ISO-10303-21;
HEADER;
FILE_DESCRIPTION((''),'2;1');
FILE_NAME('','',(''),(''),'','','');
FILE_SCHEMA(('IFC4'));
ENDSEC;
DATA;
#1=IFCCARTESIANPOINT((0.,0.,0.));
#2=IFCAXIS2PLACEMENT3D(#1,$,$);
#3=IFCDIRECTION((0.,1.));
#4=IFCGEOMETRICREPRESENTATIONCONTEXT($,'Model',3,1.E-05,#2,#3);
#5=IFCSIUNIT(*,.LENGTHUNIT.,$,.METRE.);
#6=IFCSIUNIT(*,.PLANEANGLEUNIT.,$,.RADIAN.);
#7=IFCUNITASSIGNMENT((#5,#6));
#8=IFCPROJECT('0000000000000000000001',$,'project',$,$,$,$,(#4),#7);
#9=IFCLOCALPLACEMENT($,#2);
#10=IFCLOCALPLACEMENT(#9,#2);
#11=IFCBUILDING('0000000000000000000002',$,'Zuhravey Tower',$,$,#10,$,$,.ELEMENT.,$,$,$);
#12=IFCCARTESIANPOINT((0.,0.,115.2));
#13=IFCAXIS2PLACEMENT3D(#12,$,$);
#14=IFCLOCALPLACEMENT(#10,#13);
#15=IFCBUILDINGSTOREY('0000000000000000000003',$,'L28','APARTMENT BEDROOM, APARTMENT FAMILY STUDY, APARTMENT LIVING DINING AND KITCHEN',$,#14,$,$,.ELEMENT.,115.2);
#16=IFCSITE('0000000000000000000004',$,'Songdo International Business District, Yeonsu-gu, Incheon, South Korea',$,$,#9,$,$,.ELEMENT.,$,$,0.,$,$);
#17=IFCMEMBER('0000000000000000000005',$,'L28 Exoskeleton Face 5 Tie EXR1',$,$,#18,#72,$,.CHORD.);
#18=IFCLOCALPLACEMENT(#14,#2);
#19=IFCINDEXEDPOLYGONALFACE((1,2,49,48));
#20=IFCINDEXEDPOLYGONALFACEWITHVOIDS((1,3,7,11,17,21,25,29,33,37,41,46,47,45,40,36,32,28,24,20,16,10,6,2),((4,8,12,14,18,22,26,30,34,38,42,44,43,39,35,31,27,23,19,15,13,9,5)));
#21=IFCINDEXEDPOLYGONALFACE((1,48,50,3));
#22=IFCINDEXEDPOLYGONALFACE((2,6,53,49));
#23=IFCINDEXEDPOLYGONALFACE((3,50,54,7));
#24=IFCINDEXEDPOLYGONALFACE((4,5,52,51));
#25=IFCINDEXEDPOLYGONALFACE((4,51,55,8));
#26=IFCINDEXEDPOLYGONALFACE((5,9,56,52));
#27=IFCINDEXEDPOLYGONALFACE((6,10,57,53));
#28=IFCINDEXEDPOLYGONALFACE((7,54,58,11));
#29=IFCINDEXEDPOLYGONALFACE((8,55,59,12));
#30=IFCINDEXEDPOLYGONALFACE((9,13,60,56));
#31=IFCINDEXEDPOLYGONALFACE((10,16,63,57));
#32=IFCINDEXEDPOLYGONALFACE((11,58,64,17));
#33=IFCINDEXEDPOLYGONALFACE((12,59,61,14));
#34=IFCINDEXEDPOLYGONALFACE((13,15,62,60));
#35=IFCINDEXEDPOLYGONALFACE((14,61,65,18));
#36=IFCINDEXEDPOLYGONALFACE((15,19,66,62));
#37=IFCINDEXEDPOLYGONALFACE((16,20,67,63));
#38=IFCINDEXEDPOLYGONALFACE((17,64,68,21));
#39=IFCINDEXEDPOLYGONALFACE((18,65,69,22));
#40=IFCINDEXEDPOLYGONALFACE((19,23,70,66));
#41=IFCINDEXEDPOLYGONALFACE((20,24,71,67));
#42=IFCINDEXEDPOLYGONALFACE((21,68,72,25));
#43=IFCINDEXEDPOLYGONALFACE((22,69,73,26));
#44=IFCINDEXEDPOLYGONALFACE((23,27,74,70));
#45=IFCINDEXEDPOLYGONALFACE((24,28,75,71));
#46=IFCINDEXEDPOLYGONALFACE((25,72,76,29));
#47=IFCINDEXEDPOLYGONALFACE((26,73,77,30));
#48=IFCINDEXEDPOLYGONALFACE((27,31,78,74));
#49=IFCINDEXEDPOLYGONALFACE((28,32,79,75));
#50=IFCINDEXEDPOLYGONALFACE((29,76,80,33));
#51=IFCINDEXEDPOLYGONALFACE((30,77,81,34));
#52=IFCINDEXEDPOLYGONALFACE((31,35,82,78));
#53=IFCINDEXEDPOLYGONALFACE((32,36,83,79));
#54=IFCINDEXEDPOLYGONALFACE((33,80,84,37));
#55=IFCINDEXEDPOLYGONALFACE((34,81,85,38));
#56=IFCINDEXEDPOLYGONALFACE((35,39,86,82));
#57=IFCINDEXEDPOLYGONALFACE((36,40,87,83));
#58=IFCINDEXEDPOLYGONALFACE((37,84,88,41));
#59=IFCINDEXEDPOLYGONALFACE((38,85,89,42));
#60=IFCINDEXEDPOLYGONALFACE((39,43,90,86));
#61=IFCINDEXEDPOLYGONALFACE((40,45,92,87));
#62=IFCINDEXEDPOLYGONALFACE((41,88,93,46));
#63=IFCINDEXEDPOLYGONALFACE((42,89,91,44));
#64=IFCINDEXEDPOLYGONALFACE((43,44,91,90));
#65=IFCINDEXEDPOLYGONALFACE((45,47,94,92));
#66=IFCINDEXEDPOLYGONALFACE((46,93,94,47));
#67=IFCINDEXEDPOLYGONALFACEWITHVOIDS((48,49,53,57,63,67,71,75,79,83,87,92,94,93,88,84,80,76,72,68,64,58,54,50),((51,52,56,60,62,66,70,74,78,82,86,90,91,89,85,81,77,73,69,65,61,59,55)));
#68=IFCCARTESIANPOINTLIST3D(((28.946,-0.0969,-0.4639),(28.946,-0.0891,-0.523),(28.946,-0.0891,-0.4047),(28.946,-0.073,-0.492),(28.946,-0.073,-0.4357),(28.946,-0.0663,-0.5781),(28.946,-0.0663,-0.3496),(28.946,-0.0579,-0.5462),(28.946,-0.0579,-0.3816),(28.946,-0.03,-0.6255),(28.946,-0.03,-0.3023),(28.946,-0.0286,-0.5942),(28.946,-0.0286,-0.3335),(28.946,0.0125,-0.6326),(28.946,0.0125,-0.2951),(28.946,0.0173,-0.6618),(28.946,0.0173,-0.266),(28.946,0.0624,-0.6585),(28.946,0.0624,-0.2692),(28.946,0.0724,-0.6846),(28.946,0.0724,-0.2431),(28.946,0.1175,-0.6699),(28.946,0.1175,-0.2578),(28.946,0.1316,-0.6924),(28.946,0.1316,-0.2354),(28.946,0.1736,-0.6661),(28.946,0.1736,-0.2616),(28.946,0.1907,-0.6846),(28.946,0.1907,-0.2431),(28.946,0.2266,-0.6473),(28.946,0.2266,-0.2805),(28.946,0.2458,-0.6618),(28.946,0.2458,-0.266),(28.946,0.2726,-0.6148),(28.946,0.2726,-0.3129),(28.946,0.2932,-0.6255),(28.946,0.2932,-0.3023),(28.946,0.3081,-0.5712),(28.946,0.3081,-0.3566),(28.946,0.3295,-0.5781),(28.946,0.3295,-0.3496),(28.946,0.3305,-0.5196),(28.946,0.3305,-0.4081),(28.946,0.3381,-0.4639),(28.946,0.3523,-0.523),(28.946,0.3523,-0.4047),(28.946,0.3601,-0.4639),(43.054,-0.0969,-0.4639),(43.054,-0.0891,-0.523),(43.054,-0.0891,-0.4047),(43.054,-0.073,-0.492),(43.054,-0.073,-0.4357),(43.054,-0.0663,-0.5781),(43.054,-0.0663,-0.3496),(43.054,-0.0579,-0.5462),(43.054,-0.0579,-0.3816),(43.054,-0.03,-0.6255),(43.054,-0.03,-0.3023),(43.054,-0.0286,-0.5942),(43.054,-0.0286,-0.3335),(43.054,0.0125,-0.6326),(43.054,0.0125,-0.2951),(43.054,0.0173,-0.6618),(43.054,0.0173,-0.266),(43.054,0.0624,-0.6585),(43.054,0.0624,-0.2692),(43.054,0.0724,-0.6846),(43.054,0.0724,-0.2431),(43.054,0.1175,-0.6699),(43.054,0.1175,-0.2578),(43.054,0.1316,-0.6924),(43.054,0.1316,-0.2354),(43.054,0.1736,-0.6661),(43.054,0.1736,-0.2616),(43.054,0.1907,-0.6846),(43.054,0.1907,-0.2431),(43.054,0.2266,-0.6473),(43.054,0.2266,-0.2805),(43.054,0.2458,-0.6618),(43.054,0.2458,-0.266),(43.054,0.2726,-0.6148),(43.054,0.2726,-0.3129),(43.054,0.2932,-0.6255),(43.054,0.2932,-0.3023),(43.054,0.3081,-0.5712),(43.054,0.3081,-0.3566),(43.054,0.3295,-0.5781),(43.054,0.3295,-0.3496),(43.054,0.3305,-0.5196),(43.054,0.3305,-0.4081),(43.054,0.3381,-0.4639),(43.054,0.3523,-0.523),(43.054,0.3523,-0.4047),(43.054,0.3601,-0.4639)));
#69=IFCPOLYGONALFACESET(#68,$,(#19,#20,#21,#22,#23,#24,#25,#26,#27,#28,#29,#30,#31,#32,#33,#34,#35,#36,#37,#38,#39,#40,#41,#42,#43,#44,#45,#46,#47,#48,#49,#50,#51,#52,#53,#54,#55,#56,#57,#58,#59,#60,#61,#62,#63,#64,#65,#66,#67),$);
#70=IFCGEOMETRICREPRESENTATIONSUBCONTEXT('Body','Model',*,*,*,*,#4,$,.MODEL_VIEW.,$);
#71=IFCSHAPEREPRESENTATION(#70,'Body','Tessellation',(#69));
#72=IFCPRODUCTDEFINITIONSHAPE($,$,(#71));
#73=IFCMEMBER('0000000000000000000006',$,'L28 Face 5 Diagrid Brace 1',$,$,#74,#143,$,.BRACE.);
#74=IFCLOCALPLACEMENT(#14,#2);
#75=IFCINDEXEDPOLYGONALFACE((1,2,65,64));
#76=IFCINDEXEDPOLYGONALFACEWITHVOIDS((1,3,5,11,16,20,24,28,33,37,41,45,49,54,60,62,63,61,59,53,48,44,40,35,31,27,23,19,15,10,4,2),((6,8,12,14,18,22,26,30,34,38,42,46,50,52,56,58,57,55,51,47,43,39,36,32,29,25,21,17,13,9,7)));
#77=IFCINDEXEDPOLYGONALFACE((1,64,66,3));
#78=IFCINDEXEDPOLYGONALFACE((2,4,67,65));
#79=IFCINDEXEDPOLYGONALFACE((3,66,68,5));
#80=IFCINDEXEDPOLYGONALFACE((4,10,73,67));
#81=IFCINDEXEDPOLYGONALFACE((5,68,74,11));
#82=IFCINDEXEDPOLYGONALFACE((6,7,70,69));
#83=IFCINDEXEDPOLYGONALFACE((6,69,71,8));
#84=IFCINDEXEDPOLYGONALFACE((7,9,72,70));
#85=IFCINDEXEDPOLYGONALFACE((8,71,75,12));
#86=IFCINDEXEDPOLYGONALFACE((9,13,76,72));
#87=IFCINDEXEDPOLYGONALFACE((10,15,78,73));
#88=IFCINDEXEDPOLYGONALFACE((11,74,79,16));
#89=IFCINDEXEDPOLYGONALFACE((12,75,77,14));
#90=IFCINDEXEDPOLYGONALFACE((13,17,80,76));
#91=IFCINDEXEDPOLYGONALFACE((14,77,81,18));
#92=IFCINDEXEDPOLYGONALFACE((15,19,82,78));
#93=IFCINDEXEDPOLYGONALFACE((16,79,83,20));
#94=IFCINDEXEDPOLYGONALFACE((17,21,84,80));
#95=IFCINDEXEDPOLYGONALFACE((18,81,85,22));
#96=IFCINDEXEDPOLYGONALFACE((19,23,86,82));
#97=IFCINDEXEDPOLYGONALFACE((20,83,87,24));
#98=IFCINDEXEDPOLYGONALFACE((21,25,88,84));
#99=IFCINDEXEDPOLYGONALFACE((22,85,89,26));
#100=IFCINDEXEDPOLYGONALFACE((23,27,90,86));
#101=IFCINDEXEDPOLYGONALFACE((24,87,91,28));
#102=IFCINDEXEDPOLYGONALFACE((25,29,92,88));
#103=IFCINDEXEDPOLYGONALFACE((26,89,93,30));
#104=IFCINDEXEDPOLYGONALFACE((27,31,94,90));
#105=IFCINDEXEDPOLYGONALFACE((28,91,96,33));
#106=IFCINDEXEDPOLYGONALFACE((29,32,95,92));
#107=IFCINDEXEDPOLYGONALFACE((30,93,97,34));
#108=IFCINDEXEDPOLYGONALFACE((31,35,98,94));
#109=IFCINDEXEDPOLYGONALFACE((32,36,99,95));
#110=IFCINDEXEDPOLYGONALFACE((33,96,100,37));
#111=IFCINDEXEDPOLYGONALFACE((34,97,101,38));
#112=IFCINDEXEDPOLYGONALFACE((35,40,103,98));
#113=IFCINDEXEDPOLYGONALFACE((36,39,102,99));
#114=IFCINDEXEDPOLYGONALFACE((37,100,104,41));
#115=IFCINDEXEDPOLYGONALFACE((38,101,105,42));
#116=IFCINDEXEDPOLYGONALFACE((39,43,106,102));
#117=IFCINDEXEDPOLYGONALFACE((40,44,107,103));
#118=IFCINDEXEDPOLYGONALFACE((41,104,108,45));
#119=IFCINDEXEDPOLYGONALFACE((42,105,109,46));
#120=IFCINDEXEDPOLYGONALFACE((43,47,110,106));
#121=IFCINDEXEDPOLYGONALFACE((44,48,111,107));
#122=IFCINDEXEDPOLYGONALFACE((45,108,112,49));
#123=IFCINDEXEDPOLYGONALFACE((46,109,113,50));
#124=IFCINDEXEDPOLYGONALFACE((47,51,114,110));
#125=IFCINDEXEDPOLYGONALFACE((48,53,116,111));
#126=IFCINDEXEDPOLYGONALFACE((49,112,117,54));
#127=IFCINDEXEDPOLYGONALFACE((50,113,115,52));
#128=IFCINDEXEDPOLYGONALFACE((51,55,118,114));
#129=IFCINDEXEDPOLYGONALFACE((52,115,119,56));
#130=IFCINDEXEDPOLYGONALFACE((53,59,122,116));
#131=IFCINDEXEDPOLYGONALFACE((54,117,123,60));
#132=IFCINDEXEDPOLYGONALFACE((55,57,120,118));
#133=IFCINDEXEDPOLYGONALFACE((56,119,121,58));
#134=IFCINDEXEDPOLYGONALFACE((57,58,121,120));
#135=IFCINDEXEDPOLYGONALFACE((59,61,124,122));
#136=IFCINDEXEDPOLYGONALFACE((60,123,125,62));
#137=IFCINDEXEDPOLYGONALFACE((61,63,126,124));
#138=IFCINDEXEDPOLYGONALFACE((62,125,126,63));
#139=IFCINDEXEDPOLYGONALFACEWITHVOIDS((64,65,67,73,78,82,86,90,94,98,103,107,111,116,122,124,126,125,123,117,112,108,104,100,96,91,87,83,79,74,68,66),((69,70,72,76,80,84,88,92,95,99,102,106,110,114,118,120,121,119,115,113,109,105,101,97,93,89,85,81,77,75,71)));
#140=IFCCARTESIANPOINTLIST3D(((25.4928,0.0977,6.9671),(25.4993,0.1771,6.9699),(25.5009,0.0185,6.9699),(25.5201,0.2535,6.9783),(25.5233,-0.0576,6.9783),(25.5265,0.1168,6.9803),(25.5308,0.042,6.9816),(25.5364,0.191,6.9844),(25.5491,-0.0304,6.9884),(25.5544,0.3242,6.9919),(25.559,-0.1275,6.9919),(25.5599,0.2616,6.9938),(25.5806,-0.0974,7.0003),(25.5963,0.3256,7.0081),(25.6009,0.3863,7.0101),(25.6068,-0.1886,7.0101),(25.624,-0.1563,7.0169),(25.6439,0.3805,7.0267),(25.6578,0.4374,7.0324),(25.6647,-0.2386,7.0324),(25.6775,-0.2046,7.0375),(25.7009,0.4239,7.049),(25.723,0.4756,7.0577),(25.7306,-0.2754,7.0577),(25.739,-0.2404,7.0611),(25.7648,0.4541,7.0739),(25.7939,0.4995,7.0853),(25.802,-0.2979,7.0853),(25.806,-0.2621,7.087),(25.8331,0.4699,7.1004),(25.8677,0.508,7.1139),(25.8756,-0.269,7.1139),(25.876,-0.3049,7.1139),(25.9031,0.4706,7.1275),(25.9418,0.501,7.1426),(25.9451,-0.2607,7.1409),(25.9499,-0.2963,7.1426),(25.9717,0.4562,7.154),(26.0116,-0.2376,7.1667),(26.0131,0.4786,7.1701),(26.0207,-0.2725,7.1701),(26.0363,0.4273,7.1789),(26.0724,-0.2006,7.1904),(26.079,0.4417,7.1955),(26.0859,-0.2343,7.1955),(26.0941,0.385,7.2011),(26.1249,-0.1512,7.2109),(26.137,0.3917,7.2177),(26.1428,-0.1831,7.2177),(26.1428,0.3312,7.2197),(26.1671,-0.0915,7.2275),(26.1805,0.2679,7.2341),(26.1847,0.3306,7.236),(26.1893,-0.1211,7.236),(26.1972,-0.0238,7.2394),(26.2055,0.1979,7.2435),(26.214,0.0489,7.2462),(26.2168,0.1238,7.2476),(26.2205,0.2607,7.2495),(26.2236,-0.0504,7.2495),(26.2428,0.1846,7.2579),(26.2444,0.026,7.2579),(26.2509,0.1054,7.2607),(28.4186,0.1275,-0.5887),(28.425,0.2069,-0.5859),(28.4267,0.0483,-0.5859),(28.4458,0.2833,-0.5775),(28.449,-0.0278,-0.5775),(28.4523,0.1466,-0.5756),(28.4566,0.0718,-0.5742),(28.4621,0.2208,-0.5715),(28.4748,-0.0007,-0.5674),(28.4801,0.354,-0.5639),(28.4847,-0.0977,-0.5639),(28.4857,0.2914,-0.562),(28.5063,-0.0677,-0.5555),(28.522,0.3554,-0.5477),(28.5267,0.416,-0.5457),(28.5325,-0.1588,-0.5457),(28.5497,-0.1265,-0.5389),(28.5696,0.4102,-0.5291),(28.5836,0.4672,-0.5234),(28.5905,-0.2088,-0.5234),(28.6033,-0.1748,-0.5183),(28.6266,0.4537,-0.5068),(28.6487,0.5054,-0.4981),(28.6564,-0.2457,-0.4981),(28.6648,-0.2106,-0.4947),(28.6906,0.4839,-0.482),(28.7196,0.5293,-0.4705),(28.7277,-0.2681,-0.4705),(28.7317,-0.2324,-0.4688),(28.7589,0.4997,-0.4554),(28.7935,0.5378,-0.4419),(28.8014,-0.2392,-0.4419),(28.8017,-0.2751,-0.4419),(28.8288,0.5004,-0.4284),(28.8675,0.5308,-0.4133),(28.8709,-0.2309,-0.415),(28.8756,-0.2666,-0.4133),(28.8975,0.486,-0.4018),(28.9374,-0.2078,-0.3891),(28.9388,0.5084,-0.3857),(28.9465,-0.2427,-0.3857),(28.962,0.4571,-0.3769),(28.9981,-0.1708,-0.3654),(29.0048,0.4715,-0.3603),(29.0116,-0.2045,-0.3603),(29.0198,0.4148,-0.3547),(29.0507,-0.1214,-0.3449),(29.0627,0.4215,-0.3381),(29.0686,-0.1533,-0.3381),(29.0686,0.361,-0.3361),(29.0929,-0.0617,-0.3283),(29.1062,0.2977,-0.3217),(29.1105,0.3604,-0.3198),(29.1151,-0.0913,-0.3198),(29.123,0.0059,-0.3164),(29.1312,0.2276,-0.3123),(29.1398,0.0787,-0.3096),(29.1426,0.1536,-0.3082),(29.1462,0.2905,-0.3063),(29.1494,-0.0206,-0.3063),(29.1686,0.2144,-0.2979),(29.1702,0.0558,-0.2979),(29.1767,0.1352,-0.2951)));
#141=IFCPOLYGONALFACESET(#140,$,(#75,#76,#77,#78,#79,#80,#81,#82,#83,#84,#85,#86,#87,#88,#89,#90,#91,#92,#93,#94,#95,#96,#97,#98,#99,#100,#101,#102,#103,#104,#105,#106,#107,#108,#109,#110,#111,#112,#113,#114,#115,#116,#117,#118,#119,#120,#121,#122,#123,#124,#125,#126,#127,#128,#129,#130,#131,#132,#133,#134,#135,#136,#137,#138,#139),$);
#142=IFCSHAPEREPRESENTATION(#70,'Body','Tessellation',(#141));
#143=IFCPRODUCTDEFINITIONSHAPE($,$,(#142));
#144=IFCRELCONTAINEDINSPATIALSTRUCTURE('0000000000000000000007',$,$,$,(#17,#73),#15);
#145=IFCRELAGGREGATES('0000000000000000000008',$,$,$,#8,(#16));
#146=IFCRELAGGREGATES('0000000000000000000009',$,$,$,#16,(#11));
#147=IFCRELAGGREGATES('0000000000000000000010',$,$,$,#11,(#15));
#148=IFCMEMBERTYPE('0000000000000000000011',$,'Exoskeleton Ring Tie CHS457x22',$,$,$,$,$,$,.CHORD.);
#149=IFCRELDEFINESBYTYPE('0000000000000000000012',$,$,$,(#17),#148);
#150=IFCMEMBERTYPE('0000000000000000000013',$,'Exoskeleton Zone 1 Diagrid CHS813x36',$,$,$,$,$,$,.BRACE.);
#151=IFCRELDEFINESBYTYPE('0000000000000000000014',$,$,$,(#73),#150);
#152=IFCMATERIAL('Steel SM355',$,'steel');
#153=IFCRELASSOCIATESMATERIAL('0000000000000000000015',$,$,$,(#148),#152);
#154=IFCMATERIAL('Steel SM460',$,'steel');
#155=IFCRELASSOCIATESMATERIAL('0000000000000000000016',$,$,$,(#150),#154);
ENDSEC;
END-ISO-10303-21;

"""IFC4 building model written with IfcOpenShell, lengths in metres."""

from ifc_helpers import new_model, si_unit, direction, frame, origin, origin_2d, place, context, subcontext, project, spatial, hollow_circle, extrude, material, material_profile, profile_set, type_object, element, save


model = new_model("IFC4")

# Units and contexts
model_context = context("Model", 3, precision=1e-05, world=origin(), true_north=direction((0.0, 1.0)))
body_context = subcontext(model_context, "Body", "Model", "MODEL_VIEW")
ifc_project = project(units=[si_unit("LENGTHUNIT", "METRE"), si_unit("PLANEANGLEUNIT", "RADIAN")], contexts=[model_context])

# Site, building, storey
site_placement = place(None, origin())
site = spatial("IfcSite", under=ifc_project, at=site_placement, Name="Songdo International Business District, Yeonsu-gu, Incheon, South Korea", CompositionType="ELEMENT", RefElevation=0.0)
building_placement = place(site_placement, origin())
building = spatial("IfcBuilding", under=site, at=building_placement, Name="Zuhravey Tower", CompositionType="ELEMENT")
storey_placement = place(building_placement, frame((0.0, 0.0, 115.2)))
storey = spatial("IfcBuildingStorey", under=building, at=storey_placement, Name="L28", Description="APARTMENT BEDROOM, APARTMENT FAMILY STUDY, APARTMENT LIVING DINING AND KITCHEN", CompositionType="ELEMENT", Elevation=115.2)

# Members
ifc_material_1 = material(Name="Steel SM355", Category="steel")
ifc_material_profile_1 = material_profile(ifc_material_1, hollow_circle(Radius=0.2285, WallThickness=0.022, at=origin_2d()), Name="CHS-457.2x22")
ifc_profile_set_1 = profile_set([ifc_material_profile_1], Name="Steel SM355")
member_type_1 = type_object("IfcMemberType", Name="Exoskeleton Ring Tie CHS457x22", PredefinedType="CHORD", material=ifc_profile_set_1)
member_1_placement = place(storey_placement, frame((28.946, 0.1316, -0.4639), z_axis=(1.0, 0.0, 0.0), x_axis=(0.0, 1.0, 0.0)))
element("IfcMember", 1, at=member_1_placement, inside=storey, type_object=member_type_1, Name="L28 Exoskeleton Face 5 Tie EXR1", PredefinedType="CHORD", context=body_context, shape_type="SweptSolid", body=[
    extrude(hollow_circle(Radius=0.2285, WallThickness=0.022, at=origin_2d()), origin(), (0.0, 0.0, 1.0), 14.1079),
])
ifc_material_2 = material(Name="Steel SM460", Category="steel")
ifc_material_profile_2 = material_profile(ifc_material_2, hollow_circle(Radius=0.4065, WallThickness=0.0359, at=origin_2d()), Name="CHS-812.8x36")
ifc_profile_set_2 = profile_set([ifc_material_profile_2], Name="Steel SM460")
member_type_2 = type_object("IfcMemberType", Name="Exoskeleton Zone 1 Diagrid CHS813x36", PredefinedType="BRACE", material=ifc_profile_set_2)
member_2_placement = place(storey_placement, frame((28.7976, 0.1313, -0.4419), z_axis=(-0.36109, -0.003676, 0.932524), x_axis=(0.01018, -0.999948, 0.0)))
element("IfcMember", 2, at=member_2_placement, inside=storey, type_object=member_type_2, Name="L28 Face 5 Diagrid Brace 1", PredefinedType="BRACE", context=body_context, shape_type="SweptSolid", body=[
    extrude(hollow_circle(Radius=0.4065, WallThickness=0.0359, at=origin_2d()), origin(), (0.0, 0.0, 1.0), 8.1025),
])

save(model, "model.ifc")
